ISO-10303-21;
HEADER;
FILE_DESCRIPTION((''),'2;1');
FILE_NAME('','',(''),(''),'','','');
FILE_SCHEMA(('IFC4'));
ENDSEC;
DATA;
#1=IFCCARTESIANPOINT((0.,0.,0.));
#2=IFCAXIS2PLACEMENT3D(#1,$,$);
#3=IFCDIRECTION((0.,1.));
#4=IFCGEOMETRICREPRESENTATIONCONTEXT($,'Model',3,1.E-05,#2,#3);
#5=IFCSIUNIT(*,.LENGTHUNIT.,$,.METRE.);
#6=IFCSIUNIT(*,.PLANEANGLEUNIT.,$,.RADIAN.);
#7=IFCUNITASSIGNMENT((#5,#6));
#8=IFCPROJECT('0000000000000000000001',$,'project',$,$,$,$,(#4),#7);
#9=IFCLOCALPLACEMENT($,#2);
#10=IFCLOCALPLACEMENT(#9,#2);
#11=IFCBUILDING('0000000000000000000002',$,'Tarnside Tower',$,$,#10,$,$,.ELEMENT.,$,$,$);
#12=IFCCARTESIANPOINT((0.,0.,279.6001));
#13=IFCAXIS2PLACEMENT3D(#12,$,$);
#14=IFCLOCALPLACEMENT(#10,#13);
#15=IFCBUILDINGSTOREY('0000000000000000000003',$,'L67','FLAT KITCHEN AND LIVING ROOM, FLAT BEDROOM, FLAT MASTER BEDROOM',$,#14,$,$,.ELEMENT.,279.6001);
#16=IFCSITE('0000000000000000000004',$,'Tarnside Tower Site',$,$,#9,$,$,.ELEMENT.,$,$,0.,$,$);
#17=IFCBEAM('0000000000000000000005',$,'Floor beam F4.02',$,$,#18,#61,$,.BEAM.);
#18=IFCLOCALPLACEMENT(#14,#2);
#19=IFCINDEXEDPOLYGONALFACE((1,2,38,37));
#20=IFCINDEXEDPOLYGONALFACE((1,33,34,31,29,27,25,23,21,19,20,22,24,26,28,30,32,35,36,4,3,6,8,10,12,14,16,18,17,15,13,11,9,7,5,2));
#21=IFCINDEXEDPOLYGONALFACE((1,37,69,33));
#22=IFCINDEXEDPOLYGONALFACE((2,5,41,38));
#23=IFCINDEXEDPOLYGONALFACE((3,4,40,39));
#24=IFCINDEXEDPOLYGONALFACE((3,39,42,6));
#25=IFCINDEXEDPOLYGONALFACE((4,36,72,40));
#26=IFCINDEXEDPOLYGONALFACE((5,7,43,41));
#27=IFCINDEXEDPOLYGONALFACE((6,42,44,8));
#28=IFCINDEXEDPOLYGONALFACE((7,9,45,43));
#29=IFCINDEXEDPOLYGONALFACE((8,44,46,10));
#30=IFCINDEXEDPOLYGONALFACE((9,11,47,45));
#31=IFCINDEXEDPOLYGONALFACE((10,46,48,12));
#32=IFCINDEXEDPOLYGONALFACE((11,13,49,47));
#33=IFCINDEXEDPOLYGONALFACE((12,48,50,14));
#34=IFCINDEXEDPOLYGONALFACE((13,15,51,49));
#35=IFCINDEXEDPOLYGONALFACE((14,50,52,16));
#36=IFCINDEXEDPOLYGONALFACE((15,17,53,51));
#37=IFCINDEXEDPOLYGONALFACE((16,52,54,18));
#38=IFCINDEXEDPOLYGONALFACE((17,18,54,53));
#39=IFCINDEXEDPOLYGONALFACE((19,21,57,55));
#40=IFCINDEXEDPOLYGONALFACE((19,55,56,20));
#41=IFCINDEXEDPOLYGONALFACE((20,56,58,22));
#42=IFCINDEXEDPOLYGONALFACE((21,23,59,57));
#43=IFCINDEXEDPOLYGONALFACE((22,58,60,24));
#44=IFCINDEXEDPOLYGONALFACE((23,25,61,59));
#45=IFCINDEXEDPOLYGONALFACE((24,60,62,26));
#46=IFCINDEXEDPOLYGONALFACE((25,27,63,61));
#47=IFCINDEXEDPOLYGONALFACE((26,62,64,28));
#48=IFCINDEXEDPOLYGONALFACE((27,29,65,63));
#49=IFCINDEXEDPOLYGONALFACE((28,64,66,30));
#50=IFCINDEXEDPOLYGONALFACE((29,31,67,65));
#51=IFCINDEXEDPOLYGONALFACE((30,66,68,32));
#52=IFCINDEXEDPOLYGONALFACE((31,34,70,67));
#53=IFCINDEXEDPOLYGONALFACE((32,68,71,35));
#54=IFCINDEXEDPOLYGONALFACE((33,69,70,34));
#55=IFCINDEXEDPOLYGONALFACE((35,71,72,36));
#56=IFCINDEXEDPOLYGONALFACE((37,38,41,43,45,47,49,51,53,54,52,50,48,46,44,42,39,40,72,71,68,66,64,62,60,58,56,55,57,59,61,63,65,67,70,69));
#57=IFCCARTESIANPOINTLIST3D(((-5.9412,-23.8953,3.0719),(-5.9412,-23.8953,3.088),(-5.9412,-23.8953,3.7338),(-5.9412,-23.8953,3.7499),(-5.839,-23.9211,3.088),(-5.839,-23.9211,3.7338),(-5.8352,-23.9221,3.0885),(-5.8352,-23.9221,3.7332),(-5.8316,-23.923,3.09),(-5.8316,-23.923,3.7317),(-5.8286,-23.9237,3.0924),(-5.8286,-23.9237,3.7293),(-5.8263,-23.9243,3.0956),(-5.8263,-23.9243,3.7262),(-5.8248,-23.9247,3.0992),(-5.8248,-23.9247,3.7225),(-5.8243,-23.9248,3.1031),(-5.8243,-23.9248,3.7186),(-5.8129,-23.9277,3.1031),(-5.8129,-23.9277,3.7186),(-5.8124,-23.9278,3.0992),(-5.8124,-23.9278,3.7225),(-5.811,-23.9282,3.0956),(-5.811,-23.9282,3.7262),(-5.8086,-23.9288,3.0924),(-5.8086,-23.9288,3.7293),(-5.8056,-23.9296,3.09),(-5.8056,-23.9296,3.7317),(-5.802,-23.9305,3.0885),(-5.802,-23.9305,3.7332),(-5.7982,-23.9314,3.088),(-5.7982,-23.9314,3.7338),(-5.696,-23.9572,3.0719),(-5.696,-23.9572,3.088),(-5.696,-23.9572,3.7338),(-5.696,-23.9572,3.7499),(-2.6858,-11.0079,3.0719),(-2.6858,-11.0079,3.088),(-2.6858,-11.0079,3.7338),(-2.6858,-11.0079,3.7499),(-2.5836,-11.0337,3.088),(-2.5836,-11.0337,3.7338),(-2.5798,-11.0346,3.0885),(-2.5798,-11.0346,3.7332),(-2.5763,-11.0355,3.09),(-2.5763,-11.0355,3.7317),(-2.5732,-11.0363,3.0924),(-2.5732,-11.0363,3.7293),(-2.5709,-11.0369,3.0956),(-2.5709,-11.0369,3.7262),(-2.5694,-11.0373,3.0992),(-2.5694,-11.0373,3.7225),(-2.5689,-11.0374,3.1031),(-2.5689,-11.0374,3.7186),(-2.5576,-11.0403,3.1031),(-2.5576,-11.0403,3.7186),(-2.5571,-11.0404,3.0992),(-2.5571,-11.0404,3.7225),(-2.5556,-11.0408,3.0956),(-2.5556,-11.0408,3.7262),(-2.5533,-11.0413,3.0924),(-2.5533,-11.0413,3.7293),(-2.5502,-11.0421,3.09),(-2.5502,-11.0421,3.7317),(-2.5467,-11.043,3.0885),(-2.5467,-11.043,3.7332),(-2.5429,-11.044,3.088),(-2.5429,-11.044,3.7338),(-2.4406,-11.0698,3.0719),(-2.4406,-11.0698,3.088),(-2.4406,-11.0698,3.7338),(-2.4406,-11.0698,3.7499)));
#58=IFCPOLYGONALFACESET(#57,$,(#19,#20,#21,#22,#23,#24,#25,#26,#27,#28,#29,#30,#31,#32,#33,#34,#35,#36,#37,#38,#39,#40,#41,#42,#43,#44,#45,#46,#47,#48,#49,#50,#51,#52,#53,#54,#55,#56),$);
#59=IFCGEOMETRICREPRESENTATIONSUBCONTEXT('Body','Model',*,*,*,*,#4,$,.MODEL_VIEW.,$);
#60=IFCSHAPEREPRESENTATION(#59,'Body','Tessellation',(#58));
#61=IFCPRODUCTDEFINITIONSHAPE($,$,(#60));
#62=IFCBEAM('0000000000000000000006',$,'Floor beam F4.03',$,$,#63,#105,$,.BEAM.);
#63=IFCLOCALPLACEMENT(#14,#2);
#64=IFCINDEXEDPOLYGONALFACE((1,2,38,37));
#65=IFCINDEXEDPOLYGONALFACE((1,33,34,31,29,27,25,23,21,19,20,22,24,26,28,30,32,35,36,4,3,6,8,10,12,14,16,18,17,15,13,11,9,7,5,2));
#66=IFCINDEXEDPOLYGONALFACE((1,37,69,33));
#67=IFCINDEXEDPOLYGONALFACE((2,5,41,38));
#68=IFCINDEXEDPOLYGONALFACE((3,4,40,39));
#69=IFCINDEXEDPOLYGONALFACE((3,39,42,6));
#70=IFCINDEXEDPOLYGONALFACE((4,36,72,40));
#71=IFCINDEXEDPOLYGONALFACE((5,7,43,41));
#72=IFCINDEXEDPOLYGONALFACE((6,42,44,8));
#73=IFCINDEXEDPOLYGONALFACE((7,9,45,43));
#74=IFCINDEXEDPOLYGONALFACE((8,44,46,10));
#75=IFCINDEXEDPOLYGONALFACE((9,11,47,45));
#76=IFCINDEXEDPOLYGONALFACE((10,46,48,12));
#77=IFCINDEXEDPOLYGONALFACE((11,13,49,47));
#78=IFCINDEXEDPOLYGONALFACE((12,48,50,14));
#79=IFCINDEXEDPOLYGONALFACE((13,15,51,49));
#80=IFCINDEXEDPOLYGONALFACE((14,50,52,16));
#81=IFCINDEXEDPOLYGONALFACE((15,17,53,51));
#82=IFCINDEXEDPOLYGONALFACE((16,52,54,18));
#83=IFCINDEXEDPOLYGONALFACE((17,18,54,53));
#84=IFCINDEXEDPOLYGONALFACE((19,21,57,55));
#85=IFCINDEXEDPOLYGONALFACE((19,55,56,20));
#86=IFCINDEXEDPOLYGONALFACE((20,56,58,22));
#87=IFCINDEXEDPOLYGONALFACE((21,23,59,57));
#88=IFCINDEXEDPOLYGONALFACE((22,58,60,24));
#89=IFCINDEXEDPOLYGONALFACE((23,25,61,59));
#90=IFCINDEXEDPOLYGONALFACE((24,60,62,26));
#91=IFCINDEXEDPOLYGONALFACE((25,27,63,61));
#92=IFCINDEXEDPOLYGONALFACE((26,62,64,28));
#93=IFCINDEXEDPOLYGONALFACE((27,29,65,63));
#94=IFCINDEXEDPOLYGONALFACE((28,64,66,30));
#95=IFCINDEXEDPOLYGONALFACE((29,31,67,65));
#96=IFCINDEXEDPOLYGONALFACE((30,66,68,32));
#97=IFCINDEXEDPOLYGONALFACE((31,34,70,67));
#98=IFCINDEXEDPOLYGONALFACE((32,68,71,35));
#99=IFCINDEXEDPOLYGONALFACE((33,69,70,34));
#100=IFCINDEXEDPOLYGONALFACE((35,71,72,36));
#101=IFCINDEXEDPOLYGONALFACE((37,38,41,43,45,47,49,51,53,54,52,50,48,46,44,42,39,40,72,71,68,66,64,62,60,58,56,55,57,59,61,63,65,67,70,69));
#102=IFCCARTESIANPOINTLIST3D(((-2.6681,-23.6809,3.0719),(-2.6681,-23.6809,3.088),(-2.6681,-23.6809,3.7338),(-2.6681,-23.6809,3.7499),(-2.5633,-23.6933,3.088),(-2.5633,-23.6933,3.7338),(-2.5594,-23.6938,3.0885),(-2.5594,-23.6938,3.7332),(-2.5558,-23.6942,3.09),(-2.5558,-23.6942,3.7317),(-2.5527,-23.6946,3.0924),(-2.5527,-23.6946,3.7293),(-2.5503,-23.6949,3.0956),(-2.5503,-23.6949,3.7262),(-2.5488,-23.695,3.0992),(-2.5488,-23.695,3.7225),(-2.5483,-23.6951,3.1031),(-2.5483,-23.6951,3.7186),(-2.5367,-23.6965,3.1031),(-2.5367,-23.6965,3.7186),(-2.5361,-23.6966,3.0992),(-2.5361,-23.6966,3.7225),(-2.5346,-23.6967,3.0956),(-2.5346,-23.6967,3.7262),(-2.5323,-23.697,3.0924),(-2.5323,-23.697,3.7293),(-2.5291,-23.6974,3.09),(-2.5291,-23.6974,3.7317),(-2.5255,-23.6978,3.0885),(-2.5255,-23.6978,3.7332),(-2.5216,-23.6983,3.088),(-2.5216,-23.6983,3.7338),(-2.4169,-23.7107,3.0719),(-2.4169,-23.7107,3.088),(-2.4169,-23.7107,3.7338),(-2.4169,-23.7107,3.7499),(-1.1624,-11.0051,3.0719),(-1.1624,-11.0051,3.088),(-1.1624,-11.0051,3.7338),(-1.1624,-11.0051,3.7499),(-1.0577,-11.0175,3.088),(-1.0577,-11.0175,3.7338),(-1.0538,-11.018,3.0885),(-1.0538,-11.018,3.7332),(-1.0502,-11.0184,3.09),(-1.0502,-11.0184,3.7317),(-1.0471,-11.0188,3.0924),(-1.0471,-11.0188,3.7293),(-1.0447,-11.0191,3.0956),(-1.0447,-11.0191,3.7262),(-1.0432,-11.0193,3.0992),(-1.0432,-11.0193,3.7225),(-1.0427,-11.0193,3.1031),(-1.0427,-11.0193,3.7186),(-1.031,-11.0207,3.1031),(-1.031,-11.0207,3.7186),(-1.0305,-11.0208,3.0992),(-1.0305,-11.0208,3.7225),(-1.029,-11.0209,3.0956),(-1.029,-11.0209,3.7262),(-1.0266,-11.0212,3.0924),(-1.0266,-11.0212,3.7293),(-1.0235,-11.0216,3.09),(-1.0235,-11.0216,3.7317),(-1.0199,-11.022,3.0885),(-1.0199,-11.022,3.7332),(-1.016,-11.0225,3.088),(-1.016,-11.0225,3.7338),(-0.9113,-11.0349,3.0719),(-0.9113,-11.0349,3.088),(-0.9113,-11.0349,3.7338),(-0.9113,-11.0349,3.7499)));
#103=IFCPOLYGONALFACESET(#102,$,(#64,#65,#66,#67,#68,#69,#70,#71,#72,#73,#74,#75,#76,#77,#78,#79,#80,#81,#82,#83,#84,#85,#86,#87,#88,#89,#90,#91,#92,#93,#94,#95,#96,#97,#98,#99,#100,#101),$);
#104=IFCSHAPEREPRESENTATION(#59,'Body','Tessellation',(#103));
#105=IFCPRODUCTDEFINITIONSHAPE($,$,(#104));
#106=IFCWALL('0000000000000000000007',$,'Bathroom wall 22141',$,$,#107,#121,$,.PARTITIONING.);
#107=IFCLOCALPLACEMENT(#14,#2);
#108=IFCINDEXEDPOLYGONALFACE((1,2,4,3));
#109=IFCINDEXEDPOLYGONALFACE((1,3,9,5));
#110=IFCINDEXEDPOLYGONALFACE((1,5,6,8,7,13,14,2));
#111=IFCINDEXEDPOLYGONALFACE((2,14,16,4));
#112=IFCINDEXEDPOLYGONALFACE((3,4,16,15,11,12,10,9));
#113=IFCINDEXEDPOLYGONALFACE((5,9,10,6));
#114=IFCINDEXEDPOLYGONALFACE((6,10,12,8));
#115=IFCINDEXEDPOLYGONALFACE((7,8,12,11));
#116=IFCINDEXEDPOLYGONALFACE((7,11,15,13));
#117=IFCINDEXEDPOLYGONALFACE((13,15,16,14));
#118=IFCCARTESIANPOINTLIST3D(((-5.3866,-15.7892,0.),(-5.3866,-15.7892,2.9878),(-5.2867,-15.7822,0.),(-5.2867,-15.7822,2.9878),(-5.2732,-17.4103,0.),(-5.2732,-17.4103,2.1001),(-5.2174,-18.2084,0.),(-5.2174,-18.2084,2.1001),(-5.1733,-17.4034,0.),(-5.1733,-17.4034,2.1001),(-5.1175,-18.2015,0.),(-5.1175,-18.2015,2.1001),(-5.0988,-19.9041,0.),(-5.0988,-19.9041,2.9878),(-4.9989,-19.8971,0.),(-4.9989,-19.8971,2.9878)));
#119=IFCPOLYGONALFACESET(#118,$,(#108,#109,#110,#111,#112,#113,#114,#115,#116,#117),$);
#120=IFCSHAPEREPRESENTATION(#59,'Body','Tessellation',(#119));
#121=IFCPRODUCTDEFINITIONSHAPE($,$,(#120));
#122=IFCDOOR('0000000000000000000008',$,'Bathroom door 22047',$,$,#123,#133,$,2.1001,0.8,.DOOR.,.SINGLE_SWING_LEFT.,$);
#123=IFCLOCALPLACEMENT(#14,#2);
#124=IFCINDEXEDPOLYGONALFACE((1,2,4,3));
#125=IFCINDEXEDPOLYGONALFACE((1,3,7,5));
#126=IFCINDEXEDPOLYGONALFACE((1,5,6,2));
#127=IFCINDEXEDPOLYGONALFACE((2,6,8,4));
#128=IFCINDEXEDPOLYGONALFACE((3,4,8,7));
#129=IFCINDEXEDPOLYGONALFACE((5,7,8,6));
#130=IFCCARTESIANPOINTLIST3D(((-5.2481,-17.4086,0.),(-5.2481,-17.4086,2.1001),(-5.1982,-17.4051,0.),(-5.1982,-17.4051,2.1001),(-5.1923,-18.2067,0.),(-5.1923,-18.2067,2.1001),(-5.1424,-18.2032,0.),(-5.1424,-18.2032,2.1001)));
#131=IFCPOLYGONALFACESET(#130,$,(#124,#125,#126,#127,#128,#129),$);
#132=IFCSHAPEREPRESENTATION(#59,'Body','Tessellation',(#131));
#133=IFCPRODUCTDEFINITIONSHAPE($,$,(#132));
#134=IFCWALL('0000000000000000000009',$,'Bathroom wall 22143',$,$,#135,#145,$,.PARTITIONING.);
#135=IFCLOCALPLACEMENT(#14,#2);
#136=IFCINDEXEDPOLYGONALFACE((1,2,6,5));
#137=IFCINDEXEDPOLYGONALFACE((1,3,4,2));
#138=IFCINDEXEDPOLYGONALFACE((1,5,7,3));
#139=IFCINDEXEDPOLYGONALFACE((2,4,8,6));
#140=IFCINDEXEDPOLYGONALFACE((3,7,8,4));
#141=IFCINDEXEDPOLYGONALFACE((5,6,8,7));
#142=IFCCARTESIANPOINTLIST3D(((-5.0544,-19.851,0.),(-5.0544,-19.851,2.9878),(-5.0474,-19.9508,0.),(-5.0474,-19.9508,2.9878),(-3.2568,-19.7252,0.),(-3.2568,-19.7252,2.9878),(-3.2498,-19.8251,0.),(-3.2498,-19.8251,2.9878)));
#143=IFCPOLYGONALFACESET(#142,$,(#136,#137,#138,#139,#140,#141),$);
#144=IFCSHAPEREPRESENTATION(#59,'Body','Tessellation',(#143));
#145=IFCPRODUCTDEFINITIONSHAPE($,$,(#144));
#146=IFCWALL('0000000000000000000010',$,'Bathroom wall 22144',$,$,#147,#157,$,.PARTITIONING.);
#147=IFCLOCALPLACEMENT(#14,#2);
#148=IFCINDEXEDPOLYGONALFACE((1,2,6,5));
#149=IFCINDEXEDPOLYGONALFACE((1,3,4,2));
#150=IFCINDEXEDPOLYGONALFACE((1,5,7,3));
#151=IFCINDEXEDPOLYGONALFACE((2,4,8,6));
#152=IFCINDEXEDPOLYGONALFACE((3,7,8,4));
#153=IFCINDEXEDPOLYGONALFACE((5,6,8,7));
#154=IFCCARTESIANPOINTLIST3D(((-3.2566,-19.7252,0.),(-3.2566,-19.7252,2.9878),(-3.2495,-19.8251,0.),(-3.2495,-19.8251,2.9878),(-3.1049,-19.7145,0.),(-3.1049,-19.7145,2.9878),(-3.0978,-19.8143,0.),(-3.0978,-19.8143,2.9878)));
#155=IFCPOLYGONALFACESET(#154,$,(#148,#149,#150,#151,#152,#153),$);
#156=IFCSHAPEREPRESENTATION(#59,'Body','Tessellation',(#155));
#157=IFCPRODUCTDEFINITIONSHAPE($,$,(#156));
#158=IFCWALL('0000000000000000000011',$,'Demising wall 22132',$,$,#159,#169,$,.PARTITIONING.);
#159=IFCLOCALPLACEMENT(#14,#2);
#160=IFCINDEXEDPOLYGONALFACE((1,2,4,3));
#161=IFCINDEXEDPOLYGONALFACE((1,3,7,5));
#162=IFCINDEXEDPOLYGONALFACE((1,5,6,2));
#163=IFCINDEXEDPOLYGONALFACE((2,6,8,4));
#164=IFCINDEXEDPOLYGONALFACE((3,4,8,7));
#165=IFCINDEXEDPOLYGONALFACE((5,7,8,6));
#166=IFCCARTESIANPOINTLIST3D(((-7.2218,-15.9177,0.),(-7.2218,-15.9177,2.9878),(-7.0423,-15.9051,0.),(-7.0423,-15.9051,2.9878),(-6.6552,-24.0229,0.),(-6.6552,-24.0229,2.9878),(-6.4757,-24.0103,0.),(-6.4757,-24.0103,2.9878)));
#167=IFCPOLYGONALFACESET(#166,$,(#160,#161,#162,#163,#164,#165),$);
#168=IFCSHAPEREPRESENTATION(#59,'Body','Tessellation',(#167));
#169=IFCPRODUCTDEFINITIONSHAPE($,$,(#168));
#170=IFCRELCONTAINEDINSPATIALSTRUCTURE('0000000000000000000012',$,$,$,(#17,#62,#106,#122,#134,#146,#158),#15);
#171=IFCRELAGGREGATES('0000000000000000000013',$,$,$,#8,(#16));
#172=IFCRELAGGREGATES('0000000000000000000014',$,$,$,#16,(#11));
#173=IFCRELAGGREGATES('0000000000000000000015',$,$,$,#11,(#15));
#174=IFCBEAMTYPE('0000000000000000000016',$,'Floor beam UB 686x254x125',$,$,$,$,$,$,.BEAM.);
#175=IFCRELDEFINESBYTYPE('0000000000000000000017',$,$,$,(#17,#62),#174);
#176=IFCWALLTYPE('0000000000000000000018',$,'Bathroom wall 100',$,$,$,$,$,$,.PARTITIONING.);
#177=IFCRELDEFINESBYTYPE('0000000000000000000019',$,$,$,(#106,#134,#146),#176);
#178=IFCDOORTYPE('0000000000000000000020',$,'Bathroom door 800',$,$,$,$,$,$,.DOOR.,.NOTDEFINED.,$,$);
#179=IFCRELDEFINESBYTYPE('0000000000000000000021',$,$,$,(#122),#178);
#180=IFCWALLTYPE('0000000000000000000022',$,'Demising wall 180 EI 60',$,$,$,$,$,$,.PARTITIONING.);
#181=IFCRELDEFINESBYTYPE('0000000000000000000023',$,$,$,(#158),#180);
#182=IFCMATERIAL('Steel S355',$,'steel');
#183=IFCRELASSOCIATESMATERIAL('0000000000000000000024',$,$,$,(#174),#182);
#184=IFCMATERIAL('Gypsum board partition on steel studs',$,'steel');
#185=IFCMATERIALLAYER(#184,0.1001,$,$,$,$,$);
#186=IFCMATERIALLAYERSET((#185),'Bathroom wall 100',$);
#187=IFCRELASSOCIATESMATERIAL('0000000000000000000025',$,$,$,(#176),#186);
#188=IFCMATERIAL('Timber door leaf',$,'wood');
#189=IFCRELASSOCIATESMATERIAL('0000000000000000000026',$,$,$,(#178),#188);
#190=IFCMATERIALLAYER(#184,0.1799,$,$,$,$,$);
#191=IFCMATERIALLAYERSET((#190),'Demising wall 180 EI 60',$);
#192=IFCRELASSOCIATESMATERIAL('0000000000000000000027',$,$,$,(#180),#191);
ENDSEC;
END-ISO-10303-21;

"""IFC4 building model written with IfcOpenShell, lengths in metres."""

from ifc_helpers import new_model, si_unit, direction, frame, frame_2d, origin, origin_2d, place, context, subcontext, project, spatial, rectangle, i_section, extrude, material, layer, layer_set, material_profile, profile_set, type_object, element, fill, save


model = new_model("IFC4")

# Units and contexts
model_context = context("Model", 3, precision=1e-05, world=origin(), true_north=direction((0.0, 1.0)))
body_context = subcontext(model_context, "Body", "Model", "MODEL_VIEW")
ifc_project = project(units=[si_unit("LENGTHUNIT", "METRE"), si_unit("PLANEANGLEUNIT", "RADIAN")], contexts=[model_context])

# Site, building, storey
site_placement = place(None, origin())
site = spatial("IfcSite", under=ifc_project, at=site_placement, Name="Tarnside Tower Site", CompositionType="ELEMENT", RefElevation=0.0)
building_placement = place(site_placement, origin())
building = spatial("IfcBuilding", under=site, at=building_placement, Name="Tarnside Tower", CompositionType="ELEMENT")
storey_placement = place(building_placement, frame((0.0, 0.0, 279.6001)))
storey = spatial("IfcBuildingStorey", under=building, at=storey_placement, Name="L67", Description="FLAT KITCHEN AND LIVING ROOM, FLAT BEDROOM, FLAT MASTER BEDROOM", CompositionType="ELEMENT", Elevation=279.6001)

# Beams
ifc_material_1 = material(Name="Steel S355", Category="steel")
ifc_material_profile = material_profile(ifc_material_1, i_section(OverallWidth=0.2529, OverallDepth=0.678, WebThickness=0.0117, FlangeThickness=0.0161, FilletRadius=0.0151, at=origin_2d()), Name="UB 686x254x125")
ifc_profile_set = profile_set([ifc_material_profile], Name="Steel S355")
beam_type = type_object("IfcBeamType", Name="Floor beam UB 686x254x125", PredefinedType="BEAM", material=ifc_profile_set)
beam_1_placement = place(storey_placement, frame((-5.8186, -23.9263, 3.4109), z_axis=(0.244908, 0.969546, 0.0), x_axis=(-0.969546, 0.244908, 0.0)))
element("IfcBeam", 1, at=beam_1_placement, inside=storey, type_object=beam_type, Name="Floor beam F4.02", PredefinedType="BEAM", context=body_context, shape_type="SweptSolid", body=[
    extrude(i_section(OverallWidth=0.2529, OverallDepth=0.678, WebThickness=0.0117, FlangeThickness=0.0161, FilletRadius=0.0151, at=origin_2d()), origin(), (0.0, 0.0, 1.0), 13.2922),
])
beam_2_placement = place(storey_placement, frame((-2.5425, -23.6958, 3.4109), z_axis=(0.11795, 0.99302, 0.0), x_axis=(-0.99302, 0.11795, 0.0)))
element("IfcBeam", 2, at=beam_2_placement, inside=storey, type_object=beam_type, Name="Floor beam F4.03", PredefinedType="BEAM", context=body_context, shape_type="SweptSolid", body=[
    extrude(i_section(OverallWidth=0.2529, OverallDepth=0.678, WebThickness=0.0117, FlangeThickness=0.0161, FilletRadius=0.0151, at=origin_2d()), origin(), (0.0, 0.0, 1.0), 12.7649),
])

# Wall, opening, door
ifc_material_2 = material(Name="Gypsum board partition on steel studs", Category="steel")
ifc_layer_1 = layer(ifc_material_2, 0.1001)
ifc_layer_set_1 = layer_set([ifc_layer_1], Name="Bathroom wall 100")
wall_type_1 = type_object("IfcWallType", Name="Bathroom wall 100", PredefinedType="PARTITIONING", material=ifc_layer_set_1)
wall_1_placement = place(storey_placement, frame((-5.0488, -19.9006, 0.0), z_axis=(0.0, 0.0, 1.0), x_axis=(-0.069779, 0.997562, 0.0)))
wall_1 = element("IfcWall", 3, at=wall_1_placement, inside=storey, type_object=wall_type_1, Name="Bathroom wall 22141", PredefinedType="PARTITIONING", context=body_context, shape_type="SweptSolid", body=[
    extrude(rectangle(XDim=4.125, YDim=0.1001, at=frame_2d((2.0625, 0.0))), origin(), (0.0, 0.0, 1.0), 2.9878),
])
opening_1_placement = place(wall_1_placement, frame((1.7, 0.0, 0.0)))
opening_1 = element("IfcOpeningElement", 4, at=opening_1_placement, cuts=wall_1, PredefinedType="OPENING", context=body_context, shape_type="SweptSolid", body=[
    extrude(rectangle(XDim=0.8, YDim=2.1001, at=frame_2d((0.3999, 1.05))), frame((0.0, 0.0601, 0.0), z_axis=(0.0, -1.0, 0.0), x_axis=(1.0, 0.0, 0.0)), (0.0, 0.0, 1.0), 0.1201),
])
ifc_material_3 = material(Name="Timber door leaf", Category="wood")
door_type_1 = type_object("IfcDoorType", Name="Bathroom door 800", OperationType="NOTDEFINED", PredefinedType="DOOR", material=ifc_material_3)
door_1_placement = place(opening_1_placement, origin())
door_1 = element("IfcDoor", 5, at=door_1_placement, inside=storey, type_object=door_type_1, Name="Bathroom door 22047", OperationType="SINGLE_SWING_LEFT", OverallHeight=2.1001, OverallWidth=0.8, PredefinedType="DOOR", context=body_context, shape_type="SweptSolid", body=[
    extrude(rectangle(XDim=0.8, YDim=2.1001, at=frame_2d((0.3999, 1.05))), frame((0.0, 0.0249, 0.0), z_axis=(0.0, -1.0, 0.0), x_axis=(1.0, 0.0, 0.0)), (0.0, 0.0, 1.0), 0.05),
])
fill(opening_1, door_1)

# Walls
wall_2_placement = place(storey_placement, frame((-5.0508, -19.9009, 0.0), z_axis=(0.0, 0.0, 1.0), x_axis=(0.997563, 0.069774, 0.0)))
element("IfcWall", 6, at=wall_2_placement, inside=storey, type_object=wall_type_1, Name="Bathroom wall 22143", PredefinedType="PARTITIONING", context=body_context, shape_type="SweptSolid", body=[
    extrude(rectangle(XDim=1.802, YDim=0.1001, at=frame_2d((0.9009, 0.0))), origin(), (0.0, 0.0, 1.0), 2.9878),
])
wall_3_placement = place(storey_placement, frame((-3.2532, -19.7751, 0.0), z_axis=(0.0, 0.0, 1.0), x_axis=(0.997499, 0.070676, 0.0)))
element("IfcWall", 7, at=wall_3_placement, inside=storey, type_object=wall_type_1, Name="Bathroom wall 22144", PredefinedType="PARTITIONING", context=body_context, shape_type="SweptSolid", body=[
    extrude(rectangle(XDim=0.1521, YDim=0.1001, at=frame_2d((0.0762, 0.0))), origin(), (0.0, 0.0, 1.0), 2.9878),
])
ifc_layer_2 = layer(ifc_material_2, 0.1799)
ifc_layer_set_2 = layer_set([ifc_layer_2], Name="Demising wall 180 EI 60")
wall_type_2 = type_object("IfcWallType", Name="Demising wall 180 EI 60", PredefinedType="PARTITIONING", material=ifc_layer_set_2)
wall_4_placement = place(storey_placement, frame((-6.5654, -24.0166, 0.0), z_axis=(0.0, 0.0, 1.0), x_axis=(-0.069742, 0.997565, 0.0)))
element("IfcWall", 8, at=wall_4_placement, inside=storey, type_object=wall_type_2, Name="Demising wall 22132", PredefinedType="PARTITIONING", context=body_context, shape_type="SweptSolid", body=[
    extrude(rectangle(XDim=8.125, YDim=0.1799, at=frame_2d((4.0625, 0.0))), origin(), (0.0, 0.0, 1.0), 2.9878),
])

save(model, "model.ifc")
